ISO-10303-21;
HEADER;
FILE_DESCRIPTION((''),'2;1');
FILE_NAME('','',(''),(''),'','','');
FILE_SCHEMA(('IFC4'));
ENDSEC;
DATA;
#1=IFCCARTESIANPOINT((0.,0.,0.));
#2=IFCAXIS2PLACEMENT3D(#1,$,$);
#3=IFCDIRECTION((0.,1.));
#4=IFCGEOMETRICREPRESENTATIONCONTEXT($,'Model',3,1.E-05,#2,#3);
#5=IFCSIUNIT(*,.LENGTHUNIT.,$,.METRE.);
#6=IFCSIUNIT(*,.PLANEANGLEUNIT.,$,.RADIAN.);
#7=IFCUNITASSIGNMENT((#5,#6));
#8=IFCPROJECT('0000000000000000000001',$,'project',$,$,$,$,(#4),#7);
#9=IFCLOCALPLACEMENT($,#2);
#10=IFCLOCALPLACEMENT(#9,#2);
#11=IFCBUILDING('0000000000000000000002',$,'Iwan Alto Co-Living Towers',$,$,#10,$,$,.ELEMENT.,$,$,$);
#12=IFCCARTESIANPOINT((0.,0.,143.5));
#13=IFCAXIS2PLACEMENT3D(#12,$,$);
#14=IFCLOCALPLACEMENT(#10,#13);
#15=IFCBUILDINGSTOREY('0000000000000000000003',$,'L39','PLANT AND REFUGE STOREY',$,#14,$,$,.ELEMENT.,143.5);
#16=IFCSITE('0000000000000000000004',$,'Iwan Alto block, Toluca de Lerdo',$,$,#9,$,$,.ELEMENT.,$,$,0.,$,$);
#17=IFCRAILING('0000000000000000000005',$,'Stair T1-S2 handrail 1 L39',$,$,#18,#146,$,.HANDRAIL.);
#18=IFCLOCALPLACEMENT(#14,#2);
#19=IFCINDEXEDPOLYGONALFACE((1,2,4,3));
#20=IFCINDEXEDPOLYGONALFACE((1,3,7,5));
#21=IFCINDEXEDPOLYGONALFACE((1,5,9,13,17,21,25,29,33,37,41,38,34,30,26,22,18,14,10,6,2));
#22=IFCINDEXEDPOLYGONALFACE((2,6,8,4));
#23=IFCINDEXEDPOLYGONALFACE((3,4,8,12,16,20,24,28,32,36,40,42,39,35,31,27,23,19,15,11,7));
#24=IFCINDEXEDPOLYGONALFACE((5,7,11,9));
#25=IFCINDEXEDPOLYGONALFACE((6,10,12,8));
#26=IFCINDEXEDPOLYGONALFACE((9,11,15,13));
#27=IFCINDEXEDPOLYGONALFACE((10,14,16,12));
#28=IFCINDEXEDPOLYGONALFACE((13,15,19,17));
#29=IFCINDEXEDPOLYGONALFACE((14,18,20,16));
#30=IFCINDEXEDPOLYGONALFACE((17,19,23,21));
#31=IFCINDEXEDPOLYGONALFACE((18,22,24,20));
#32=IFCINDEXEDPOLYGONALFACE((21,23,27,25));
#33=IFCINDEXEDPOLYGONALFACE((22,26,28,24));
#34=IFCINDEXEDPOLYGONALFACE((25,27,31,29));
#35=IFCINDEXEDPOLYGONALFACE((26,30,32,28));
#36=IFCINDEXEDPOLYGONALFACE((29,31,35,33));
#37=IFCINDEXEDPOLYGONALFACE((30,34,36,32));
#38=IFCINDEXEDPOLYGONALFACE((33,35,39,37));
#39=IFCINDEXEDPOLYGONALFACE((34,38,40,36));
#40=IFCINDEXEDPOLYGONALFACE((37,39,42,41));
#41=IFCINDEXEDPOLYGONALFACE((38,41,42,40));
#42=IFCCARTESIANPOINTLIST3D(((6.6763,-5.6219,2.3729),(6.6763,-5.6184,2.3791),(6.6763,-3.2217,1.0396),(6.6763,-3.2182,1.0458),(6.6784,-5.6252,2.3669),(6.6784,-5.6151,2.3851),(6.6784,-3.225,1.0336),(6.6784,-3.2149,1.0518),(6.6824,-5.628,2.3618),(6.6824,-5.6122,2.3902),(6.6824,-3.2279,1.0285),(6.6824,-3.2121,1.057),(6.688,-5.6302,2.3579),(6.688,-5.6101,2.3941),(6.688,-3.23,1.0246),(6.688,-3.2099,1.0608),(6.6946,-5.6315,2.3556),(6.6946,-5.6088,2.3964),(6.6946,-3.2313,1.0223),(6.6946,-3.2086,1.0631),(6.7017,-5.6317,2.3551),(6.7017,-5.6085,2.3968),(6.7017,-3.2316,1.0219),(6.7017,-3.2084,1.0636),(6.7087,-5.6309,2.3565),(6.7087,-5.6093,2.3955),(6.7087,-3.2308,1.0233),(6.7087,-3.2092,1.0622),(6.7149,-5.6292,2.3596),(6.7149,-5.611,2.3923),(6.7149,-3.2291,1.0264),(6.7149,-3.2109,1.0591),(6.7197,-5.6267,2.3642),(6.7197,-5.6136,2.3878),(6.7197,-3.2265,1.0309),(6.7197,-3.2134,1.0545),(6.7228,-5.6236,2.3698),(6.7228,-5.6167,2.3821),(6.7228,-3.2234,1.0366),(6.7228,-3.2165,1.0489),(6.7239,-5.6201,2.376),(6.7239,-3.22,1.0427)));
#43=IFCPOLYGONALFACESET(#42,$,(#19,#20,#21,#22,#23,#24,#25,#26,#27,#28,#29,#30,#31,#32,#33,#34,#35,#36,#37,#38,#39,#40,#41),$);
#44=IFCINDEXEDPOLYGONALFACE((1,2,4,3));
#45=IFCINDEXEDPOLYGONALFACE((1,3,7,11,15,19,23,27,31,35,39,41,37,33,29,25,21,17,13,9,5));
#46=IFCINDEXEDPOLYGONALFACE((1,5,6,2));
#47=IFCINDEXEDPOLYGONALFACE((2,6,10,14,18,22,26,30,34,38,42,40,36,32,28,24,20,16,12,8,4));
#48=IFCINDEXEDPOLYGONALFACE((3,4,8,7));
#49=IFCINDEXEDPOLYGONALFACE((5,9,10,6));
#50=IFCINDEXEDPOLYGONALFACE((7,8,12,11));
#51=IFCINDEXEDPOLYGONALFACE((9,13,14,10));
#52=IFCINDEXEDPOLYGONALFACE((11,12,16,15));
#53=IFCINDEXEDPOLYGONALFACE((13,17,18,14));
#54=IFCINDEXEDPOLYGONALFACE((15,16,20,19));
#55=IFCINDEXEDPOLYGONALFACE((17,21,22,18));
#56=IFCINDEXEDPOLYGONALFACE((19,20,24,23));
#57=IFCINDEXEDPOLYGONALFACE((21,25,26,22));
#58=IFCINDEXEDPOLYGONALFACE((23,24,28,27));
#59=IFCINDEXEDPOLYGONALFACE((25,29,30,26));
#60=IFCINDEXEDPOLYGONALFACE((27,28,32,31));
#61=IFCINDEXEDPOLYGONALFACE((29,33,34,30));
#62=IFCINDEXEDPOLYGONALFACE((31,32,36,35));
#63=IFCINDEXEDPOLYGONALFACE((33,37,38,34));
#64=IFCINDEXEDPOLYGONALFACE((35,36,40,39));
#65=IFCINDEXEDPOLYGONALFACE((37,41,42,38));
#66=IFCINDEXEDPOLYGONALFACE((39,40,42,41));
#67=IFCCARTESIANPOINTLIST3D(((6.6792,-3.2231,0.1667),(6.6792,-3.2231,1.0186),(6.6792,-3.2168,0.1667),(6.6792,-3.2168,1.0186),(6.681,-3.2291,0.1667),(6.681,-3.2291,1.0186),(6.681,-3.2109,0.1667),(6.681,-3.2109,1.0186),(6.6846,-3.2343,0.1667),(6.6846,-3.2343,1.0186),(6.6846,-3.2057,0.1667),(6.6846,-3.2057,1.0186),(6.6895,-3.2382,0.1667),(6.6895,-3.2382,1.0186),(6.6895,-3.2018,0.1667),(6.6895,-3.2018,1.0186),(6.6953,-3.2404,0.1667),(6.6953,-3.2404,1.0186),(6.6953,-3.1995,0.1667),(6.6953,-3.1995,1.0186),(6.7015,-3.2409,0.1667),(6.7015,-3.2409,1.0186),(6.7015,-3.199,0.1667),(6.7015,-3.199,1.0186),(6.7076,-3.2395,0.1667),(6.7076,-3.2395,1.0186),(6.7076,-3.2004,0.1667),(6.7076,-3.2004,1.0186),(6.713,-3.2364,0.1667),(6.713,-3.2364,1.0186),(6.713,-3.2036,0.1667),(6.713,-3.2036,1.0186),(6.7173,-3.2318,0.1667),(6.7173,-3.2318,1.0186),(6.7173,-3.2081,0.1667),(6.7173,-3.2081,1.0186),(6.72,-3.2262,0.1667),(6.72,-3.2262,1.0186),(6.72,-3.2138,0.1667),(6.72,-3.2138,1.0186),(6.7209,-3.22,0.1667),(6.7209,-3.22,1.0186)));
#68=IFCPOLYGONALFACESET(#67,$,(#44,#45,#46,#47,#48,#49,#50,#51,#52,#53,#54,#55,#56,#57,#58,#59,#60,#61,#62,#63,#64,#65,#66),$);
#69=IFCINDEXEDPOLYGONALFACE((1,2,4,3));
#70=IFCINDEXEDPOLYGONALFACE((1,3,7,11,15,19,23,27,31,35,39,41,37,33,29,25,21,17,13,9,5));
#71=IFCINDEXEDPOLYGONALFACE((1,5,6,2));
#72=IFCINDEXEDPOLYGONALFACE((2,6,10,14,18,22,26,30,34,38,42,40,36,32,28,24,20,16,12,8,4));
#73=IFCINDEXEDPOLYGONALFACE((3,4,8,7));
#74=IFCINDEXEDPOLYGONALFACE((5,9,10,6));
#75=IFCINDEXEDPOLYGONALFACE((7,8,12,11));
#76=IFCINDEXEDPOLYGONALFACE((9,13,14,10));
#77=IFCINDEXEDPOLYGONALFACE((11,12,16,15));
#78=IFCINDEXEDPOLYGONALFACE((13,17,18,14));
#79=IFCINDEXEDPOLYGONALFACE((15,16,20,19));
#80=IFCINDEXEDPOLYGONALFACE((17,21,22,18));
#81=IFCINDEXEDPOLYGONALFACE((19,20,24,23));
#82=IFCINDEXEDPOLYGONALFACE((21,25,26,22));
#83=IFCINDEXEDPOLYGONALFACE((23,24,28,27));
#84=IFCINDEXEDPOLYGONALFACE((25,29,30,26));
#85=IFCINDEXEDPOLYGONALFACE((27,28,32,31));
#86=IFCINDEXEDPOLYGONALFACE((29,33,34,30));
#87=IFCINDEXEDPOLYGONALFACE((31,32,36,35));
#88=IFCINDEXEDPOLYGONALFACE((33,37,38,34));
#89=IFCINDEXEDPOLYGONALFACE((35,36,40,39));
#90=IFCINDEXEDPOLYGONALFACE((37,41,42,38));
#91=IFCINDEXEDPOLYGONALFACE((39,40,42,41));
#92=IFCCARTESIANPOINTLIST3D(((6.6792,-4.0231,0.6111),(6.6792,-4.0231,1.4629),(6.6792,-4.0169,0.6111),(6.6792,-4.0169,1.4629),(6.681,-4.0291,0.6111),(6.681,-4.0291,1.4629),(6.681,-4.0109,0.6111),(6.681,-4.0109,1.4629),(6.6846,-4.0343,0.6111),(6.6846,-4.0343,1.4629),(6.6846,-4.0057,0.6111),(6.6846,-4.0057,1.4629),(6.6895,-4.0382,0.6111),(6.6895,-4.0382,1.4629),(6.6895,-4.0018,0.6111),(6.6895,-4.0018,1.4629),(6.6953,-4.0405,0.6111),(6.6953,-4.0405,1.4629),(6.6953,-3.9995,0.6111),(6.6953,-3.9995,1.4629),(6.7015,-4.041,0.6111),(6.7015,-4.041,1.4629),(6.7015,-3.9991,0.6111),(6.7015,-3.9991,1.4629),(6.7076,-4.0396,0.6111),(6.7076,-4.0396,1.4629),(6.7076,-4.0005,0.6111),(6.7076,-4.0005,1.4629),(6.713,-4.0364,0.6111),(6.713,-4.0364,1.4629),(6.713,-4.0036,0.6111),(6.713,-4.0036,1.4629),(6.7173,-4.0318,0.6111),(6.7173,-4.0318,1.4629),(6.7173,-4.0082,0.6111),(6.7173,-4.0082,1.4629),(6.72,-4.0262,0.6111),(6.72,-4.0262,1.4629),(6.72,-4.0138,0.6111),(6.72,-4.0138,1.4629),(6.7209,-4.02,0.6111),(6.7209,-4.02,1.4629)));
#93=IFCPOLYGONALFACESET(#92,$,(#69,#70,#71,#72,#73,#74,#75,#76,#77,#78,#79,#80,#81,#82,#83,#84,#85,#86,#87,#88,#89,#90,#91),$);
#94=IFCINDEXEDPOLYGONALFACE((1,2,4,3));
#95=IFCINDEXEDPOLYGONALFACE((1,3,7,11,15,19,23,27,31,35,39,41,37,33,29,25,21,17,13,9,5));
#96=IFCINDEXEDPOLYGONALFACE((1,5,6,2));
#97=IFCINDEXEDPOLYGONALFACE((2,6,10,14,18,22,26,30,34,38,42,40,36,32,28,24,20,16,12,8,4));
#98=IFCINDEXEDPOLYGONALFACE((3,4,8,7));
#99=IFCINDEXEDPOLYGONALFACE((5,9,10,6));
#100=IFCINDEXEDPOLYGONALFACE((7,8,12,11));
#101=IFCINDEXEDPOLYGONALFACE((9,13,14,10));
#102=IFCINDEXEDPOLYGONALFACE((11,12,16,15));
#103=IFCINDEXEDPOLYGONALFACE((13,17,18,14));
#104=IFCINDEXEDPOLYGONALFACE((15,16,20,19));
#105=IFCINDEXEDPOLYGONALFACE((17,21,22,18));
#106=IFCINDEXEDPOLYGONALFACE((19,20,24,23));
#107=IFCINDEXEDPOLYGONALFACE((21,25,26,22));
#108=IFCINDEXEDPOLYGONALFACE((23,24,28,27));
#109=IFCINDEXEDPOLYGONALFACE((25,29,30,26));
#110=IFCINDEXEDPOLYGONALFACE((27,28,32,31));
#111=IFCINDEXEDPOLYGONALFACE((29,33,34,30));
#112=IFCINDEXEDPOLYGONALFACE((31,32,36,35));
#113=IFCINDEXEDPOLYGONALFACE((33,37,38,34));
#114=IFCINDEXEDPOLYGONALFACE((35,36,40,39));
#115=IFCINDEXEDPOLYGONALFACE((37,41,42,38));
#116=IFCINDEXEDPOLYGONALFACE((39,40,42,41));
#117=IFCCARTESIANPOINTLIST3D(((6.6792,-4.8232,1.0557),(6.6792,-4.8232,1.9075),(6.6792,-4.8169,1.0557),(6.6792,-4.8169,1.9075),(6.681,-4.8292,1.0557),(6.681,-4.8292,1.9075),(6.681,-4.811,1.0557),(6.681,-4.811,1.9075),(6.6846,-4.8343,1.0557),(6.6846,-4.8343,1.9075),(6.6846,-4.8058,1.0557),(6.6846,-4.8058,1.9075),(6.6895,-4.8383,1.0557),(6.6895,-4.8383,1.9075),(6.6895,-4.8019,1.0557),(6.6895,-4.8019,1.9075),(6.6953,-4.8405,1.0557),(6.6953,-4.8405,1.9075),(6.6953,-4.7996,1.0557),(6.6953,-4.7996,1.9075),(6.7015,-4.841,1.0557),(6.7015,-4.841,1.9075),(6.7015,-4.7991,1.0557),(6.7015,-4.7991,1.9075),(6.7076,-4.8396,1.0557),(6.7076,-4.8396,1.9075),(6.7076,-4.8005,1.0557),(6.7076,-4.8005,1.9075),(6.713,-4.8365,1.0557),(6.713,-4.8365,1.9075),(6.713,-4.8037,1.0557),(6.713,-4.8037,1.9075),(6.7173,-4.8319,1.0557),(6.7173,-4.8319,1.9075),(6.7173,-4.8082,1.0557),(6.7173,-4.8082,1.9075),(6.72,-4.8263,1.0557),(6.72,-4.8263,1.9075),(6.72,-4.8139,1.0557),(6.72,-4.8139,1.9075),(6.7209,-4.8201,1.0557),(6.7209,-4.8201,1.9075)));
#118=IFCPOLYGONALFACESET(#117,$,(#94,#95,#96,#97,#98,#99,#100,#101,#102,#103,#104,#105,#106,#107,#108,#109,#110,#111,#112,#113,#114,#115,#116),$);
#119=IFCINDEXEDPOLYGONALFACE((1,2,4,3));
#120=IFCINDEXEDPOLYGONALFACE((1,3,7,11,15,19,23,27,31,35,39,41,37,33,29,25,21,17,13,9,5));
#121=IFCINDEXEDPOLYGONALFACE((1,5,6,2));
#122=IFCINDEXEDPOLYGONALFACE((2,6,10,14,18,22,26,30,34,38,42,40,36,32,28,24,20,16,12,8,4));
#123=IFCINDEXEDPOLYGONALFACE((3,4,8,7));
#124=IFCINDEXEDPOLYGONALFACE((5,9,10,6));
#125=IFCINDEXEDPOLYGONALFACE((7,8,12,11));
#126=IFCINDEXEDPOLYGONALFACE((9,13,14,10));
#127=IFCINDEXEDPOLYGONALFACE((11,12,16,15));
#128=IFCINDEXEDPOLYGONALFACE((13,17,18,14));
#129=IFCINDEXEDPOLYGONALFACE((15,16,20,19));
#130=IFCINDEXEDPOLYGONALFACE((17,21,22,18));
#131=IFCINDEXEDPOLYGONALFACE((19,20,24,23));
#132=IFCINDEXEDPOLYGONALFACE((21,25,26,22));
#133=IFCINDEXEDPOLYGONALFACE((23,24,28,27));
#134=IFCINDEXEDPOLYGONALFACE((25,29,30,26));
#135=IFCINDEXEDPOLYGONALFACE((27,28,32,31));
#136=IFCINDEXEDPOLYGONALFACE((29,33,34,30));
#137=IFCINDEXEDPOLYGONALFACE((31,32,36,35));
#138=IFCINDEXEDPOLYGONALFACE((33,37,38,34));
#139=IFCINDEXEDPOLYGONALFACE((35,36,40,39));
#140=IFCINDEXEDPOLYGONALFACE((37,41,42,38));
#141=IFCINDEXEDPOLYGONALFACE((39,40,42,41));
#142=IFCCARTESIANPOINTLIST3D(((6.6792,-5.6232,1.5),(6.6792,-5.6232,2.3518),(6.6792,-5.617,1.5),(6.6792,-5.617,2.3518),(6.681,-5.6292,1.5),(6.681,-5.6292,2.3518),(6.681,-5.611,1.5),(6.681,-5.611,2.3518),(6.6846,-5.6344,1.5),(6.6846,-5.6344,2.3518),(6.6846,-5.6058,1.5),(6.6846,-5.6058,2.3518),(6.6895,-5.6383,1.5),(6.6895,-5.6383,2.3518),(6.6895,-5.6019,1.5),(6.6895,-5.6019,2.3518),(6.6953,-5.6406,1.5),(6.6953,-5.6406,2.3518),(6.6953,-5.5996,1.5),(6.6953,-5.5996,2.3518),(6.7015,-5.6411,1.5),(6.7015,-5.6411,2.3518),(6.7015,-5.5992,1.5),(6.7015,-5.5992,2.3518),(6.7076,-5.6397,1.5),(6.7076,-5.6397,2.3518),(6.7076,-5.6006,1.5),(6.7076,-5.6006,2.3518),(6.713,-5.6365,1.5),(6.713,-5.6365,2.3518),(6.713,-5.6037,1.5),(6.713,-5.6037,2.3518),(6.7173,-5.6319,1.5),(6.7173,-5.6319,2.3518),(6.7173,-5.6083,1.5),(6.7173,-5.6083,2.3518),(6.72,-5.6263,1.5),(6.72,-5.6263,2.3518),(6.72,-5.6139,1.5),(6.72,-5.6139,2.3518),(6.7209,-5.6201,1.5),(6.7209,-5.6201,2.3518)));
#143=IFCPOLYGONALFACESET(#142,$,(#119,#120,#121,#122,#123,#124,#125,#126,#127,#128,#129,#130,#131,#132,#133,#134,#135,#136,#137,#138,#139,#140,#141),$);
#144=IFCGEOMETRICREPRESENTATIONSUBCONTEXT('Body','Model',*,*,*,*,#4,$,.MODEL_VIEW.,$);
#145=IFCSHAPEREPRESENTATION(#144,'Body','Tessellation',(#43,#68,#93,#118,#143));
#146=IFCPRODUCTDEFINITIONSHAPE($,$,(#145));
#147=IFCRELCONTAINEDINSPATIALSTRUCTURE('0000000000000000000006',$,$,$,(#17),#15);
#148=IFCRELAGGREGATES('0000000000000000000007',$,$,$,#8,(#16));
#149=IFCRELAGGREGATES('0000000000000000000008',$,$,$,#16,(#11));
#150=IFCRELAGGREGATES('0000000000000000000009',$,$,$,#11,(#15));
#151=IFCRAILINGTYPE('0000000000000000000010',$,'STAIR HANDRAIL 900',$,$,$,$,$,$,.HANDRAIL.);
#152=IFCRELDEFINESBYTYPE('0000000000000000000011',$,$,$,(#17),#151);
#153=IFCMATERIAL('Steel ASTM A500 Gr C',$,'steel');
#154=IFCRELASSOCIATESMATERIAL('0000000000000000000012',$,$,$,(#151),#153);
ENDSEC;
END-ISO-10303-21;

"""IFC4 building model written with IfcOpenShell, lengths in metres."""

from ifc_helpers import new_model, si_unit, direction, frame, origin, origin_2d, place, context, subcontext, project, spatial, circle, extrude, material, type_object, element, save


model = new_model("IFC4")

# Units and contexts
model_context = context("Model", 3, precision=1e-05, world=origin(), true_north=direction((0.0, 1.0)))
body_context = subcontext(model_context, "Body", "Model", "MODEL_VIEW")
ifc_project = project(units=[si_unit("LENGTHUNIT", "METRE"), si_unit("PLANEANGLEUNIT", "RADIAN")], contexts=[model_context])

# Site, building, storey
site_placement = place(None, origin())
site = spatial("IfcSite", under=ifc_project, at=site_placement, Name="Iwan Alto block, Toluca de Lerdo", CompositionType="ELEMENT", RefElevation=0.0)
building_placement = place(site_placement, origin())
building = spatial("IfcBuilding", under=site, at=building_placement, Name="Iwan Alto Co-Living Towers", CompositionType="ELEMENT")
storey_placement = place(building_placement, frame((0.0, 0.0, 143.5)))
storey = spatial("IfcBuildingStorey", under=building, at=storey_placement, Name="L39", Description="PLANT AND REFUGE STOREY", CompositionType="ELEMENT", Elevation=143.5)

# Railing
ifc_material_1 = material(Name="Steel ASTM A500 Gr C", Category="steel")
railing_type_1 = type_object("IfcRailingType", Name="STAIR HANDRAIL 900", PredefinedType="HANDRAIL", material=ifc_material_1)
railing_1_placement = place(storey_placement, frame((6.7, -3.22, 0.1667)))
element("IfcRailing", 1, at=railing_1_placement, inside=storey, type_object=railing_type_1, Name="Stair T1-S2 handrail 1 L39", PredefinedType="HANDRAIL", context=body_context, shape_type="SweptSolid", body=[
    extrude(circle(Radius=0.0239, at=origin_2d()), frame((0.0, 0.0, 0.876), z_axis=(0.0, -0.874182, 0.485598), x_axis=(1.0, 0.0, 0.0)), (0.0, 0.0, 1.0), 2.7456),
    extrude(circle(Radius=0.021, at=origin_2d()), origin(), (0.0, 0.0, 1.0), 0.8518),
    extrude(circle(Radius=0.021, at=origin_2d()), frame((0.0, -0.8, 0.4443)), (0.0, 0.0, 1.0), 0.8518),
    extrude(circle(Radius=0.021, at=origin_2d()), frame((0.0, -1.6001, 0.8889)), (0.0, 0.0, 1.0), 0.8518),
    extrude(circle(Radius=0.021, at=origin_2d()), frame((0.0, -2.4001, 1.3333)), (0.0, 0.0, 1.0), 0.8518),
])

save(model, "model.ifc")
